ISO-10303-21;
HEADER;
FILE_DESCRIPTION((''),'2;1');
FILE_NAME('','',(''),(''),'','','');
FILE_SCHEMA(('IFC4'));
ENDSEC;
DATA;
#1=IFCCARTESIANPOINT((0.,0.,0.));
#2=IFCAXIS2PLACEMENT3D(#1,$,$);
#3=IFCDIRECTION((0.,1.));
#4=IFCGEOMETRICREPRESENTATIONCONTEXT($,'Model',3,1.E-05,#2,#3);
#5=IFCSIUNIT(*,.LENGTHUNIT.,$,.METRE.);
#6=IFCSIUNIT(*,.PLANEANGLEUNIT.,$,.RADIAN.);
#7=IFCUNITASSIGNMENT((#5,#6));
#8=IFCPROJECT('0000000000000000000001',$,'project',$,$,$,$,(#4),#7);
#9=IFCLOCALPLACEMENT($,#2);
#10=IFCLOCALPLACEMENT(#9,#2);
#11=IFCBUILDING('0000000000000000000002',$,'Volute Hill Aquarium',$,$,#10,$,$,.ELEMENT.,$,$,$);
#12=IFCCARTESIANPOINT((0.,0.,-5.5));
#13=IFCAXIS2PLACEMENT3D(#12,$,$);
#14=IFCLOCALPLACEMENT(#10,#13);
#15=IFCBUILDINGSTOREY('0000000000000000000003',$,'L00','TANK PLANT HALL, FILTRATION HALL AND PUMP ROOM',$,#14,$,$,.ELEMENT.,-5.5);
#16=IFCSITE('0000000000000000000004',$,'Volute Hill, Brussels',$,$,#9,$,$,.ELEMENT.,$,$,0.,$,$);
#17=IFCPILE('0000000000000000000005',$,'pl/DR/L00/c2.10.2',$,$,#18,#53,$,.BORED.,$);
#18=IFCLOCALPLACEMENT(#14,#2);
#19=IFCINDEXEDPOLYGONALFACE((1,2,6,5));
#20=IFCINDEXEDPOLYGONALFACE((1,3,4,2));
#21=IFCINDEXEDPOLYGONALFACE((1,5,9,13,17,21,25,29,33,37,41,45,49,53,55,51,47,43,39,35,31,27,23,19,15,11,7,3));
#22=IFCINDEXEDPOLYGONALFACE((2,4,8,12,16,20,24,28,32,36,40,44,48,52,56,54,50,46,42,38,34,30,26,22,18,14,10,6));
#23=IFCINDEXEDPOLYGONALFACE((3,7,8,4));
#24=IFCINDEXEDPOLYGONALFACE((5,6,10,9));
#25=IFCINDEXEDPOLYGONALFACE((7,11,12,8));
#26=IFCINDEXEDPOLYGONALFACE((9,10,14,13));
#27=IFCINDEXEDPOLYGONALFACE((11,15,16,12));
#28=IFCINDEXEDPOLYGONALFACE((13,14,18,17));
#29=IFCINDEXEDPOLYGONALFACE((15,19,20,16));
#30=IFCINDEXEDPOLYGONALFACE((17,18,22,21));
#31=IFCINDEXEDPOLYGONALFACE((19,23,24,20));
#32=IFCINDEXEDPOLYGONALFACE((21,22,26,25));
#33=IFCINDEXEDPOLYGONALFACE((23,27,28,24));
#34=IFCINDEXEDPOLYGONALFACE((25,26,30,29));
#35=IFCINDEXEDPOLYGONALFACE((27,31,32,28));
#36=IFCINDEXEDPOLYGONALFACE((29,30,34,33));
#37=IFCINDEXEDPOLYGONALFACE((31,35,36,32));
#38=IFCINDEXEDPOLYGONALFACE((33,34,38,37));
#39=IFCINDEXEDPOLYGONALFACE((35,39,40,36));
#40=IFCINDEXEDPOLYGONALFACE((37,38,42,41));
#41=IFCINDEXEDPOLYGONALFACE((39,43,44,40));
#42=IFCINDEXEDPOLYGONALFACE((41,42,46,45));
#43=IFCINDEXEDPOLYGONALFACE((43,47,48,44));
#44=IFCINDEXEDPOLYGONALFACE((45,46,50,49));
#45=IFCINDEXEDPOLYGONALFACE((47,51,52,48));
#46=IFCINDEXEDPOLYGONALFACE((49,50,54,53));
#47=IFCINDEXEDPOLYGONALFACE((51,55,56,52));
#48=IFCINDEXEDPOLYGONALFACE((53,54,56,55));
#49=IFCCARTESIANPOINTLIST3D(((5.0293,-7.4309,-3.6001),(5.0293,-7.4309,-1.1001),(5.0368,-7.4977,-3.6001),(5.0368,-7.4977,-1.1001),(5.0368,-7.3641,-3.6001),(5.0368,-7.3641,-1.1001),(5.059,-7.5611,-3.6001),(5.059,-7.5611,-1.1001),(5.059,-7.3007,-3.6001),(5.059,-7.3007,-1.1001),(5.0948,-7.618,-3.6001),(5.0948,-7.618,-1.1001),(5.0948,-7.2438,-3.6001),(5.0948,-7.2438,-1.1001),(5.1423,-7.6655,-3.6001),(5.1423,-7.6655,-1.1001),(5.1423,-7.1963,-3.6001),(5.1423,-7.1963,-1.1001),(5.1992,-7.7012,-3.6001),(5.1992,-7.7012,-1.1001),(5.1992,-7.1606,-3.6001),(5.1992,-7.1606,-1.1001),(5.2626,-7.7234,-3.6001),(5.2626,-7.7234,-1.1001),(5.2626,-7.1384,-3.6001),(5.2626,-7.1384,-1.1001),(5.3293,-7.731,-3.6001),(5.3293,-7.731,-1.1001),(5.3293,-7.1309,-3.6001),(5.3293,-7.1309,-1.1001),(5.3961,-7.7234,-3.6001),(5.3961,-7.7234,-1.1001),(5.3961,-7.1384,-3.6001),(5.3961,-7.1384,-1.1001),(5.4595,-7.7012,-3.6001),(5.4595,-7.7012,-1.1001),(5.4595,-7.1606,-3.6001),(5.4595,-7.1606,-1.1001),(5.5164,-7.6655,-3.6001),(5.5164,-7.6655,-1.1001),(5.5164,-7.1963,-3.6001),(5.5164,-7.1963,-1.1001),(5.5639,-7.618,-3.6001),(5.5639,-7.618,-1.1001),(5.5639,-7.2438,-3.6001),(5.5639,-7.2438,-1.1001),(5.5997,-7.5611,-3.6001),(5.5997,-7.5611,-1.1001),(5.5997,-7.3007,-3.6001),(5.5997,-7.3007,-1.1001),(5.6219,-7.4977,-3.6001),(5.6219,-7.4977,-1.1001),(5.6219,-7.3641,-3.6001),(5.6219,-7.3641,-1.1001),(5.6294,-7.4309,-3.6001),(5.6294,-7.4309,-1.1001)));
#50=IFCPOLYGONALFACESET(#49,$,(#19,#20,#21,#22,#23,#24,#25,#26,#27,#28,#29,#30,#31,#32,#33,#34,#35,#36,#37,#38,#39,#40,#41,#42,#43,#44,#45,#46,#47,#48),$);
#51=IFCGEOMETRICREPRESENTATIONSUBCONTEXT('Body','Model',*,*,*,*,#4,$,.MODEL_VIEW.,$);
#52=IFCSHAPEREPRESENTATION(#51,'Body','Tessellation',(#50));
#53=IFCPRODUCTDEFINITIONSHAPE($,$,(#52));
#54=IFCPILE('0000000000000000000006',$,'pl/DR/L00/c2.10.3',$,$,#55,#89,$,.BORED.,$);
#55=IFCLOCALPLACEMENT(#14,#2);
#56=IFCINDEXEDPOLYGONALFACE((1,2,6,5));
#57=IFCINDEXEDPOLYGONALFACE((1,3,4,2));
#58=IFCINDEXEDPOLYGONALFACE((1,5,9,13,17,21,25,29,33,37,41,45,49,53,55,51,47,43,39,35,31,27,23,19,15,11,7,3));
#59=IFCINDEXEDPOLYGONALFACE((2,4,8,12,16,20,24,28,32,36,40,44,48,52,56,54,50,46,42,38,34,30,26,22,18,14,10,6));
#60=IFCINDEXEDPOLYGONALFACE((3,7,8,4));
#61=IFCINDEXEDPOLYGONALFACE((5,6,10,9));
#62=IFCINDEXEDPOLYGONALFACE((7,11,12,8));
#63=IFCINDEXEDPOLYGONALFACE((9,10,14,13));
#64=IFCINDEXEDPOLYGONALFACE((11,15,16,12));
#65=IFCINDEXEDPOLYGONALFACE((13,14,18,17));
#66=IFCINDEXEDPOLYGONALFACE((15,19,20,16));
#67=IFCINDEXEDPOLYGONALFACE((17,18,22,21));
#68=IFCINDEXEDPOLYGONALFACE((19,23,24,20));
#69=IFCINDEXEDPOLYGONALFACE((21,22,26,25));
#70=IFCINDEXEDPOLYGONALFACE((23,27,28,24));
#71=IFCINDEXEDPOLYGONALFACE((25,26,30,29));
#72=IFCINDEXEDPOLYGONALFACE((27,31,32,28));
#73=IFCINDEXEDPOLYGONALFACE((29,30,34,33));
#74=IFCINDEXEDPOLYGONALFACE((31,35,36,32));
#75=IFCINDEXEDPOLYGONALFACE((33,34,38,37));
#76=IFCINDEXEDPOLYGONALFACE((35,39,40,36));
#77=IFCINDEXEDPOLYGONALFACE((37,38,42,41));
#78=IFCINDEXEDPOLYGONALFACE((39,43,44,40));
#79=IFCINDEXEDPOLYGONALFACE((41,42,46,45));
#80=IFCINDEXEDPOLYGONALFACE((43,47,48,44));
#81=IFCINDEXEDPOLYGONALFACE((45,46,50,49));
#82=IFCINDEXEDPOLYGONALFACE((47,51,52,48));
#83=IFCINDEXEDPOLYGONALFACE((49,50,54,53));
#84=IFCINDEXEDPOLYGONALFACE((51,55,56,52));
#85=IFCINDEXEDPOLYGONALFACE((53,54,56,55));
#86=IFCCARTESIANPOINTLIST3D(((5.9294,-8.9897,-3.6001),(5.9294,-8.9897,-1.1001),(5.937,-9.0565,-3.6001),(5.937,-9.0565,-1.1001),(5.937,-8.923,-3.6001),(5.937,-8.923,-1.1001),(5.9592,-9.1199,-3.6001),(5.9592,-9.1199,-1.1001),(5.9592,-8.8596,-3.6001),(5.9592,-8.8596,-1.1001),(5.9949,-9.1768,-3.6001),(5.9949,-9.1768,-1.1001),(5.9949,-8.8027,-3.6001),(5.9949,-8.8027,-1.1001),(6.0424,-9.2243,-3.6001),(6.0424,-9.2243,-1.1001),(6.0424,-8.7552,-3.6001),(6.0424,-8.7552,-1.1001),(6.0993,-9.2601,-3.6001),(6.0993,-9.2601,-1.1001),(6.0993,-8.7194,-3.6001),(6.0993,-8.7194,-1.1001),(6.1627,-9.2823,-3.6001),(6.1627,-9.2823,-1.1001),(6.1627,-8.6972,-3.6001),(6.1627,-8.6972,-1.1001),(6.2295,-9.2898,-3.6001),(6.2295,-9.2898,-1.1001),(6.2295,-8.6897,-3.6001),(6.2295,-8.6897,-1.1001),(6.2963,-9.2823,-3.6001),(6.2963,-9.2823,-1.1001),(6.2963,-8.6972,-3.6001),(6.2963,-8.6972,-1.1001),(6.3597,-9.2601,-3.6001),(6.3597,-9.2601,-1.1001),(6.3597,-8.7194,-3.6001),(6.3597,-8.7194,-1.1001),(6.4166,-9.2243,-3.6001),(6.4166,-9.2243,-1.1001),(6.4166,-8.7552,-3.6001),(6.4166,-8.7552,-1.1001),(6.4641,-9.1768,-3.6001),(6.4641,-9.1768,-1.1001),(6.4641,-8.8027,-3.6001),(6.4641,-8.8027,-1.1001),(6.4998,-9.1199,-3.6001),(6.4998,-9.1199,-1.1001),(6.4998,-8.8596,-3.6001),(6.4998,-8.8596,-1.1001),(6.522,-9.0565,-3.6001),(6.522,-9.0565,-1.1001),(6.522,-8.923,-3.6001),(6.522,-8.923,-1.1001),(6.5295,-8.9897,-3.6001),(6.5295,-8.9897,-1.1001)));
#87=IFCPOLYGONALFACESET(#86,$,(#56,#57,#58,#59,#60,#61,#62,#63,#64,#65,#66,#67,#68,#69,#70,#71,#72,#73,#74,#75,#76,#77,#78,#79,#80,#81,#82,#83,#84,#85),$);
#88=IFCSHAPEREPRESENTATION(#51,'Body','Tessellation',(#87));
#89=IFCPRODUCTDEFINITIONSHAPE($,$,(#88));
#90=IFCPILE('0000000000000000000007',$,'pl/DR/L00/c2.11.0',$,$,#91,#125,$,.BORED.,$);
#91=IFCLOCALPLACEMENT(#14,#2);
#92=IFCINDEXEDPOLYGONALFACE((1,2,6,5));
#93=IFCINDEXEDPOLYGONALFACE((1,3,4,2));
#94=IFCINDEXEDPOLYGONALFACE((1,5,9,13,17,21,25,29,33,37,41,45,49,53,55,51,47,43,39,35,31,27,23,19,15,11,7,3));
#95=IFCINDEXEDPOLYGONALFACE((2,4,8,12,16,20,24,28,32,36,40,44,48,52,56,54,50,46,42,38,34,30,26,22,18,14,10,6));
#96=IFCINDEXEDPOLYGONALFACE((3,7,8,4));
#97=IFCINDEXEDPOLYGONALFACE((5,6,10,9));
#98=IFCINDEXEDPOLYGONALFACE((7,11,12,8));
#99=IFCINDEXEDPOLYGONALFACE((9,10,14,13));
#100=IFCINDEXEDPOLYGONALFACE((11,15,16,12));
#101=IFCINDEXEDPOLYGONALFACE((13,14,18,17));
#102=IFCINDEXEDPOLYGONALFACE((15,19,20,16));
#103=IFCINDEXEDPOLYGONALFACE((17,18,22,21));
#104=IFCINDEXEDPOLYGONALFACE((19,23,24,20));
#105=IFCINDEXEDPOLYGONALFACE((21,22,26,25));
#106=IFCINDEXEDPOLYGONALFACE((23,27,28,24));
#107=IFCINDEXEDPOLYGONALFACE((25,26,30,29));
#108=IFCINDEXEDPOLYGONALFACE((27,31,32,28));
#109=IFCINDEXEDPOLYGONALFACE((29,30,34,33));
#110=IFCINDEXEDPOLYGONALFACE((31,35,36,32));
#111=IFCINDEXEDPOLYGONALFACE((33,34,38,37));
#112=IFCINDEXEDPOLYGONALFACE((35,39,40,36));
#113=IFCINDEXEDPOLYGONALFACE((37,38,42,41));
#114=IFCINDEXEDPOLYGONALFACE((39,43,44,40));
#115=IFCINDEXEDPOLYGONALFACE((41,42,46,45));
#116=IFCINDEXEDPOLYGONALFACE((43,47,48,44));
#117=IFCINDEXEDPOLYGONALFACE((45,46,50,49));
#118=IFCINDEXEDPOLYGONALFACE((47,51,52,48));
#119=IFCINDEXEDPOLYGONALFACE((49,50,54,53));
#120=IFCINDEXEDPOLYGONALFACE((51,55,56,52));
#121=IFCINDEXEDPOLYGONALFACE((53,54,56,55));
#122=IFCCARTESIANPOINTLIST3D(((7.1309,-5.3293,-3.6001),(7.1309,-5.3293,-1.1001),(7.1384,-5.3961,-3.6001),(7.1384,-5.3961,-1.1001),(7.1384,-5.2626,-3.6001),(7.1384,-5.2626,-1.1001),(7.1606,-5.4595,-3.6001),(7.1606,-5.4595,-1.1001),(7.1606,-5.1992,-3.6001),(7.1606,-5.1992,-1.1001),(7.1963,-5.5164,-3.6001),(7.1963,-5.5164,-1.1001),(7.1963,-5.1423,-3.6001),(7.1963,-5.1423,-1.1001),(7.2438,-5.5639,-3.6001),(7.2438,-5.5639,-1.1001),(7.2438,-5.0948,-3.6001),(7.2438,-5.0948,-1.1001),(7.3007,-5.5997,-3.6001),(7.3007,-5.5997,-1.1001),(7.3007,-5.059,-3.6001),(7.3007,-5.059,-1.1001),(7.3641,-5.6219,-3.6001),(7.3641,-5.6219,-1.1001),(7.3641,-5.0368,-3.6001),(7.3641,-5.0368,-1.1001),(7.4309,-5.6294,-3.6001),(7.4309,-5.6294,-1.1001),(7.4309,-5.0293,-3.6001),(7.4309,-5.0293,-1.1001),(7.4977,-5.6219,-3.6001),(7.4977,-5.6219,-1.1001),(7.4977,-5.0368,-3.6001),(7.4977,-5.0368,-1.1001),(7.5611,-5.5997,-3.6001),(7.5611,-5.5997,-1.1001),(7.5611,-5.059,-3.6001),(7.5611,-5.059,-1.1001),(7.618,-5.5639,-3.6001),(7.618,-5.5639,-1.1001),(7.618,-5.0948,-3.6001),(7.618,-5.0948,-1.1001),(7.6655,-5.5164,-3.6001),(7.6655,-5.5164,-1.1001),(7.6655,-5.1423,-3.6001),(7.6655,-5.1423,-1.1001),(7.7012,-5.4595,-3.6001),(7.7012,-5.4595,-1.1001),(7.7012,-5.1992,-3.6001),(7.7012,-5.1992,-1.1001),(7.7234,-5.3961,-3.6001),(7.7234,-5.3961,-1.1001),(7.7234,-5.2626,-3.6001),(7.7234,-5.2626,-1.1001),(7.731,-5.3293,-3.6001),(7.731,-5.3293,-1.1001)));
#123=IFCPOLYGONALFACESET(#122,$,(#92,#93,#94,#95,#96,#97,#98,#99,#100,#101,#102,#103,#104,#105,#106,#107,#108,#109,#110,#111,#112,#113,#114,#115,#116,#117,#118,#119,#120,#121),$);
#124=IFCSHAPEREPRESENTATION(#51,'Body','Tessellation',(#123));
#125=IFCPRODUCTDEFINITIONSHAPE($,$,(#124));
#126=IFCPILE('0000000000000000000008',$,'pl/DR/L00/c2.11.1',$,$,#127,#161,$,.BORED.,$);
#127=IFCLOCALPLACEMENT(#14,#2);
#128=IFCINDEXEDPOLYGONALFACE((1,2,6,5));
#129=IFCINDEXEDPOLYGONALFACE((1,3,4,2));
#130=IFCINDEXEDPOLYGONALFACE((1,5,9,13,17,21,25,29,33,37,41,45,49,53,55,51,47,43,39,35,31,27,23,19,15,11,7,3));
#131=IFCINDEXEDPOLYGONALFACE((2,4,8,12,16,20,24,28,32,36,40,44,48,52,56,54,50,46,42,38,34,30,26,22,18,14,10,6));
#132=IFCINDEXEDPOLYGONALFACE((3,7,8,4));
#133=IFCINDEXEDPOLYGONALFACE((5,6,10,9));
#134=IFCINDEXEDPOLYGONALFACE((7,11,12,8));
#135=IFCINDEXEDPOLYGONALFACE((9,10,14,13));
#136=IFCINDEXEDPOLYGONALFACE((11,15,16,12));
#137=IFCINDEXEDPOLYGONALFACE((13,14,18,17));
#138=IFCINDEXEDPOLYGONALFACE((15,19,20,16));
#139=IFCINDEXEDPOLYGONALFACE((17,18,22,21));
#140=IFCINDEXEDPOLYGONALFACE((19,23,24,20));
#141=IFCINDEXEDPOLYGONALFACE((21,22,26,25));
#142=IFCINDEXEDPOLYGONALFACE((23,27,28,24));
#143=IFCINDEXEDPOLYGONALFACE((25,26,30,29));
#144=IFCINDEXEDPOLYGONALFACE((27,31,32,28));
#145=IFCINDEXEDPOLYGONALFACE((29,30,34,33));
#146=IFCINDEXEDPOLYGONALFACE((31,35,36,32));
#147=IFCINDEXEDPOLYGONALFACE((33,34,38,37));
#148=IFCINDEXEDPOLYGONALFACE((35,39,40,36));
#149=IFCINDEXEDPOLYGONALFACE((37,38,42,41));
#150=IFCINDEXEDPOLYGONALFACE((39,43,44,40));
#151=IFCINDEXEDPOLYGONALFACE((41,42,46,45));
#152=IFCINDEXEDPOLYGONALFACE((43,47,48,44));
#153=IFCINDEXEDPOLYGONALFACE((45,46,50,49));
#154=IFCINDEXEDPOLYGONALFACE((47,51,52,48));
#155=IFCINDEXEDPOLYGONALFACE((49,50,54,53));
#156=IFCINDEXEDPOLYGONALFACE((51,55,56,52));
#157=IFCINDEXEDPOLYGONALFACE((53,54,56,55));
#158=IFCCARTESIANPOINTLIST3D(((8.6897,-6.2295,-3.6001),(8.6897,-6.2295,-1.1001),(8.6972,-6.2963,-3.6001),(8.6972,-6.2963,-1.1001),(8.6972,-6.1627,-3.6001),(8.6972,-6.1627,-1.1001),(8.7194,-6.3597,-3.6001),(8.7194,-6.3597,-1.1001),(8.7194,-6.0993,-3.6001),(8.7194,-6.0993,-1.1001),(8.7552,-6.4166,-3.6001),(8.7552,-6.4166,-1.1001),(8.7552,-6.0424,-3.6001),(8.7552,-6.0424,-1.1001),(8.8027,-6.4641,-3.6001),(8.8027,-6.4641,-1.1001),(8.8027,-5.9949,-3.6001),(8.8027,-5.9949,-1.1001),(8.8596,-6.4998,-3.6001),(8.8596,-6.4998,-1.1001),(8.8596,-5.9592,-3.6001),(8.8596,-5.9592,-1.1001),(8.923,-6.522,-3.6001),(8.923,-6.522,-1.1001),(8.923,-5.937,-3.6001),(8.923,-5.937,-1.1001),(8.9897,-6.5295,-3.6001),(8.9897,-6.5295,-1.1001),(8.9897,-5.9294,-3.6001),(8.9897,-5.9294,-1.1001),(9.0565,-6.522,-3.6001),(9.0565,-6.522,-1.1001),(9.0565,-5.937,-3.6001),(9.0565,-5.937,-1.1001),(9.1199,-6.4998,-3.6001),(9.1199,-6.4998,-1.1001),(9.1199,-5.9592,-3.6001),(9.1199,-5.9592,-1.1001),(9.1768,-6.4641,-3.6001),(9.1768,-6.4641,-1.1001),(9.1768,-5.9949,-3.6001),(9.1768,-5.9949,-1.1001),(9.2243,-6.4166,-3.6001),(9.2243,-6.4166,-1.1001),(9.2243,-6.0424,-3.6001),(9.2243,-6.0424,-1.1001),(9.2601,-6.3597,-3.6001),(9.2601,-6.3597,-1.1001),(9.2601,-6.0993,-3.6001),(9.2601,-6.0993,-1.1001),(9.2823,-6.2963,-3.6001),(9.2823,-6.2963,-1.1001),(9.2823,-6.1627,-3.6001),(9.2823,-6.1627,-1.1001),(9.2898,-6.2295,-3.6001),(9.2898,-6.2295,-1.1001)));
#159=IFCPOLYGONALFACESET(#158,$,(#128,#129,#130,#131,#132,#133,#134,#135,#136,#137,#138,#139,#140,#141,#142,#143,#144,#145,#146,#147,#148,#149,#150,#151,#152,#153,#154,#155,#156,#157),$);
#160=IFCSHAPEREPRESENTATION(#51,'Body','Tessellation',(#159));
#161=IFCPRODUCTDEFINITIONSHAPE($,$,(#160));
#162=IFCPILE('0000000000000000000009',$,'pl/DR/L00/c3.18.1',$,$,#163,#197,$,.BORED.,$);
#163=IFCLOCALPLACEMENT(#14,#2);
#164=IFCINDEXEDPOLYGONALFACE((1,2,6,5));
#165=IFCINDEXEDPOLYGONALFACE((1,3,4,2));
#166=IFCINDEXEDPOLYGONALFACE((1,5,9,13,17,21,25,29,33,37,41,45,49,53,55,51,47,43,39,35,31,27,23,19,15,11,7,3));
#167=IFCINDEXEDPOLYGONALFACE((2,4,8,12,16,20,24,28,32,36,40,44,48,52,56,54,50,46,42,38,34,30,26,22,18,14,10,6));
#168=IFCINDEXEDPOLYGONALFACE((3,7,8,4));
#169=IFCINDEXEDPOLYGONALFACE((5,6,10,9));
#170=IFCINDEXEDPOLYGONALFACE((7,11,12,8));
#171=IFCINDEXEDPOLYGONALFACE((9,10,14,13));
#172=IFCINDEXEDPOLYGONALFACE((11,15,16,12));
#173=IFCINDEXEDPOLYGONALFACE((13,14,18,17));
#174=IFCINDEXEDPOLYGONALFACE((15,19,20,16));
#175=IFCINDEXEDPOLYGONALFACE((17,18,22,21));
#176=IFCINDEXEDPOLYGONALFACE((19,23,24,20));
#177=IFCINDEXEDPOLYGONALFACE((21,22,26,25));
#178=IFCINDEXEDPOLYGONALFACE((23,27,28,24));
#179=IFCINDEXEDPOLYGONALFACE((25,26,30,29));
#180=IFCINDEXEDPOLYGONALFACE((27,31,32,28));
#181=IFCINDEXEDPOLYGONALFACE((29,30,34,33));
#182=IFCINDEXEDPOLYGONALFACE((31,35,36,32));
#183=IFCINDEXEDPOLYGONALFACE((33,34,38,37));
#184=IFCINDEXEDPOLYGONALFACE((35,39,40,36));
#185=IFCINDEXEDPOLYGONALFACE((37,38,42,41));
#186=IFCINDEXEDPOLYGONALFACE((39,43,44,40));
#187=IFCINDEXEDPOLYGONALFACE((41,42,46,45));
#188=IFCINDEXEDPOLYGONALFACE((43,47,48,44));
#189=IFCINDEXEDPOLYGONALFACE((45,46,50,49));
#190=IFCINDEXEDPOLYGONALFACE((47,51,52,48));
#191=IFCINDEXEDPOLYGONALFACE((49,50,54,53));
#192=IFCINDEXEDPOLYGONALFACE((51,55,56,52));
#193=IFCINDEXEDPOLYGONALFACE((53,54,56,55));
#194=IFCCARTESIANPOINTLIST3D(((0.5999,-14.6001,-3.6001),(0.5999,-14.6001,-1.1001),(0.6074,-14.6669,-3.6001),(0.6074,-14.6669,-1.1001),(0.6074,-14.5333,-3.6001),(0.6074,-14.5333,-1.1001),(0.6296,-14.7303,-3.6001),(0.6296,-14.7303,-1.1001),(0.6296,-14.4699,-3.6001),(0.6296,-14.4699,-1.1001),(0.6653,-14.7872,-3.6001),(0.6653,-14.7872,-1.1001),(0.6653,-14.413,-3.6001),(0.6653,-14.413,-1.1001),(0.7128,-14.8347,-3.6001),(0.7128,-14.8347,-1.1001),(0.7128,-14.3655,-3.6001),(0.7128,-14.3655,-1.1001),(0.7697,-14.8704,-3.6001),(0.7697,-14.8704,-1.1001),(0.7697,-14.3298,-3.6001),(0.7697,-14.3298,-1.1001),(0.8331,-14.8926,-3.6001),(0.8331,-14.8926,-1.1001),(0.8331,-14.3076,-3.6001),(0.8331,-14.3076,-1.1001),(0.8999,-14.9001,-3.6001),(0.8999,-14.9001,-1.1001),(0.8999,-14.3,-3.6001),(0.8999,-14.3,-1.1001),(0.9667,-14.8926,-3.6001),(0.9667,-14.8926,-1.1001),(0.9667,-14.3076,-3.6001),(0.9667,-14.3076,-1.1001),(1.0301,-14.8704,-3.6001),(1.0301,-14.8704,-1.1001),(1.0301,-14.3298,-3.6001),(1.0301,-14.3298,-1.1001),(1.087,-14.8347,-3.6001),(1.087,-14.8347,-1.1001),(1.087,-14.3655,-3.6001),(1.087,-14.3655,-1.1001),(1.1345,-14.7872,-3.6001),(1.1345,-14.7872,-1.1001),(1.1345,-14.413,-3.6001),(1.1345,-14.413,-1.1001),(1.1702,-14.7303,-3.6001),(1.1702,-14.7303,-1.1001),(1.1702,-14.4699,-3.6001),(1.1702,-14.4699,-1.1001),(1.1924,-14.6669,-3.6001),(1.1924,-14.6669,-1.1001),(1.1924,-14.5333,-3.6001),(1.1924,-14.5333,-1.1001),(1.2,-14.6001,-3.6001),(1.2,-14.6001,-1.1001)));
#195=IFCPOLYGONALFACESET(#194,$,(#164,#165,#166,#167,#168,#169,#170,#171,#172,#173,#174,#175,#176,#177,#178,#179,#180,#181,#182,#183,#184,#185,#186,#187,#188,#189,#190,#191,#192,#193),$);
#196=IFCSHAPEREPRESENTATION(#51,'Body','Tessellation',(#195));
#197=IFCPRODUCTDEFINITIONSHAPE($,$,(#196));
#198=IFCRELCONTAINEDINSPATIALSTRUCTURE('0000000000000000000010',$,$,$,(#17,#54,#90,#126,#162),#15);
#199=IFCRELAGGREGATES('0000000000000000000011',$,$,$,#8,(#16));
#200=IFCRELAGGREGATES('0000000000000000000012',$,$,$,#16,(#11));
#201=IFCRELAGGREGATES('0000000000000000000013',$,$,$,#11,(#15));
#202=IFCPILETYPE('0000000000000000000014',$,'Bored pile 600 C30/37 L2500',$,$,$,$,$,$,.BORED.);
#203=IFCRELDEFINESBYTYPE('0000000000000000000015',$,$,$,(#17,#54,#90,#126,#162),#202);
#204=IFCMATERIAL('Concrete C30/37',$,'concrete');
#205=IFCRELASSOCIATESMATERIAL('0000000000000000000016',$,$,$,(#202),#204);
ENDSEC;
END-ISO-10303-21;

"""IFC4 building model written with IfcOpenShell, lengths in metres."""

from ifc_helpers import new_model, si_unit, direction, frame, origin, origin_2d, place, context, subcontext, project, spatial, circle, extrude, material, type_object, element, save


model = new_model("IFC4")

# Units and contexts
model_context = context("Model", 3, precision=1e-05, world=origin(), true_north=direction((0.0, 1.0)))
body_context = subcontext(model_context, "Body", "Model", "MODEL_VIEW")
ifc_project = project(units=[si_unit("LENGTHUNIT", "METRE"), si_unit("PLANEANGLEUNIT", "RADIAN")], contexts=[model_context])

# Site, building, storey
site_placement = place(None, origin())
site = spatial("IfcSite", under=ifc_project, at=site_placement, Name="Volute Hill, Brussels", CompositionType="ELEMENT", RefElevation=0.0)
building_placement = place(site_placement, origin())
building = spatial("IfcBuilding", under=site, at=building_placement, Name="Volute Hill Aquarium", CompositionType="ELEMENT")
storey_placement = place(building_placement, frame((0.0, 0.0, -5.5)))
storey = spatial("IfcBuildingStorey", under=building, at=storey_placement, Name="L00", Description="TANK PLANT HALL, FILTRATION HALL AND PUMP ROOM", CompositionType="ELEMENT", Elevation=-5.5)

# Piles
ifc_material_1 = material(Name="Concrete C30/37", Category="concrete")
pile_type = type_object("IfcPileType", Name="Bored pile 600 C30/37 L2500", PredefinedType="BORED", material=ifc_material_1)
for number, where, z_axis, x_axis, name in (
    (1, (5.3293, -7.4309, -1.1001), (0.0, 0.0, -1.0), (1.0, 0.0, 0.0), "pl/DR/L00/c2.10.2"),
    (2, (6.2295, -8.9897, -1.1001), (0.0, 0.0, -1.0), (1.0, 0.0, 0.0), "pl/DR/L00/c2.10.3"),
    (3, (7.4309, -5.3293, -1.1001), (0.0, 0.0, -1.0), (1.0, 0.0, 0.0), "pl/DR/L00/c2.11.0"),
    (4, (8.9897, -6.2295, -1.1001), (0.0, 0.0, -1.0), (1.0, 0.0, 0.0), "pl/DR/L00/c2.11.1"),
    (5, (0.8999, -14.6001, -1.1001), (0.0, 0.0, -1.0), (1.0, 0.0, 0.0), "pl/DR/L00/c3.18.1"),
):
    element("IfcPile", number, at=place(storey_placement, frame(where, z_axis=z_axis, x_axis=x_axis)), inside=storey, type_object=pile_type, Name=name, PredefinedType="BORED", context=body_context, shape_type="SweptSolid", body=[
        extrude(circle(Radius=0.3, at=origin_2d()), origin(), (0.0, 0.0, 1.0), 2.5),
    ])

save(model, "model.ifc")
